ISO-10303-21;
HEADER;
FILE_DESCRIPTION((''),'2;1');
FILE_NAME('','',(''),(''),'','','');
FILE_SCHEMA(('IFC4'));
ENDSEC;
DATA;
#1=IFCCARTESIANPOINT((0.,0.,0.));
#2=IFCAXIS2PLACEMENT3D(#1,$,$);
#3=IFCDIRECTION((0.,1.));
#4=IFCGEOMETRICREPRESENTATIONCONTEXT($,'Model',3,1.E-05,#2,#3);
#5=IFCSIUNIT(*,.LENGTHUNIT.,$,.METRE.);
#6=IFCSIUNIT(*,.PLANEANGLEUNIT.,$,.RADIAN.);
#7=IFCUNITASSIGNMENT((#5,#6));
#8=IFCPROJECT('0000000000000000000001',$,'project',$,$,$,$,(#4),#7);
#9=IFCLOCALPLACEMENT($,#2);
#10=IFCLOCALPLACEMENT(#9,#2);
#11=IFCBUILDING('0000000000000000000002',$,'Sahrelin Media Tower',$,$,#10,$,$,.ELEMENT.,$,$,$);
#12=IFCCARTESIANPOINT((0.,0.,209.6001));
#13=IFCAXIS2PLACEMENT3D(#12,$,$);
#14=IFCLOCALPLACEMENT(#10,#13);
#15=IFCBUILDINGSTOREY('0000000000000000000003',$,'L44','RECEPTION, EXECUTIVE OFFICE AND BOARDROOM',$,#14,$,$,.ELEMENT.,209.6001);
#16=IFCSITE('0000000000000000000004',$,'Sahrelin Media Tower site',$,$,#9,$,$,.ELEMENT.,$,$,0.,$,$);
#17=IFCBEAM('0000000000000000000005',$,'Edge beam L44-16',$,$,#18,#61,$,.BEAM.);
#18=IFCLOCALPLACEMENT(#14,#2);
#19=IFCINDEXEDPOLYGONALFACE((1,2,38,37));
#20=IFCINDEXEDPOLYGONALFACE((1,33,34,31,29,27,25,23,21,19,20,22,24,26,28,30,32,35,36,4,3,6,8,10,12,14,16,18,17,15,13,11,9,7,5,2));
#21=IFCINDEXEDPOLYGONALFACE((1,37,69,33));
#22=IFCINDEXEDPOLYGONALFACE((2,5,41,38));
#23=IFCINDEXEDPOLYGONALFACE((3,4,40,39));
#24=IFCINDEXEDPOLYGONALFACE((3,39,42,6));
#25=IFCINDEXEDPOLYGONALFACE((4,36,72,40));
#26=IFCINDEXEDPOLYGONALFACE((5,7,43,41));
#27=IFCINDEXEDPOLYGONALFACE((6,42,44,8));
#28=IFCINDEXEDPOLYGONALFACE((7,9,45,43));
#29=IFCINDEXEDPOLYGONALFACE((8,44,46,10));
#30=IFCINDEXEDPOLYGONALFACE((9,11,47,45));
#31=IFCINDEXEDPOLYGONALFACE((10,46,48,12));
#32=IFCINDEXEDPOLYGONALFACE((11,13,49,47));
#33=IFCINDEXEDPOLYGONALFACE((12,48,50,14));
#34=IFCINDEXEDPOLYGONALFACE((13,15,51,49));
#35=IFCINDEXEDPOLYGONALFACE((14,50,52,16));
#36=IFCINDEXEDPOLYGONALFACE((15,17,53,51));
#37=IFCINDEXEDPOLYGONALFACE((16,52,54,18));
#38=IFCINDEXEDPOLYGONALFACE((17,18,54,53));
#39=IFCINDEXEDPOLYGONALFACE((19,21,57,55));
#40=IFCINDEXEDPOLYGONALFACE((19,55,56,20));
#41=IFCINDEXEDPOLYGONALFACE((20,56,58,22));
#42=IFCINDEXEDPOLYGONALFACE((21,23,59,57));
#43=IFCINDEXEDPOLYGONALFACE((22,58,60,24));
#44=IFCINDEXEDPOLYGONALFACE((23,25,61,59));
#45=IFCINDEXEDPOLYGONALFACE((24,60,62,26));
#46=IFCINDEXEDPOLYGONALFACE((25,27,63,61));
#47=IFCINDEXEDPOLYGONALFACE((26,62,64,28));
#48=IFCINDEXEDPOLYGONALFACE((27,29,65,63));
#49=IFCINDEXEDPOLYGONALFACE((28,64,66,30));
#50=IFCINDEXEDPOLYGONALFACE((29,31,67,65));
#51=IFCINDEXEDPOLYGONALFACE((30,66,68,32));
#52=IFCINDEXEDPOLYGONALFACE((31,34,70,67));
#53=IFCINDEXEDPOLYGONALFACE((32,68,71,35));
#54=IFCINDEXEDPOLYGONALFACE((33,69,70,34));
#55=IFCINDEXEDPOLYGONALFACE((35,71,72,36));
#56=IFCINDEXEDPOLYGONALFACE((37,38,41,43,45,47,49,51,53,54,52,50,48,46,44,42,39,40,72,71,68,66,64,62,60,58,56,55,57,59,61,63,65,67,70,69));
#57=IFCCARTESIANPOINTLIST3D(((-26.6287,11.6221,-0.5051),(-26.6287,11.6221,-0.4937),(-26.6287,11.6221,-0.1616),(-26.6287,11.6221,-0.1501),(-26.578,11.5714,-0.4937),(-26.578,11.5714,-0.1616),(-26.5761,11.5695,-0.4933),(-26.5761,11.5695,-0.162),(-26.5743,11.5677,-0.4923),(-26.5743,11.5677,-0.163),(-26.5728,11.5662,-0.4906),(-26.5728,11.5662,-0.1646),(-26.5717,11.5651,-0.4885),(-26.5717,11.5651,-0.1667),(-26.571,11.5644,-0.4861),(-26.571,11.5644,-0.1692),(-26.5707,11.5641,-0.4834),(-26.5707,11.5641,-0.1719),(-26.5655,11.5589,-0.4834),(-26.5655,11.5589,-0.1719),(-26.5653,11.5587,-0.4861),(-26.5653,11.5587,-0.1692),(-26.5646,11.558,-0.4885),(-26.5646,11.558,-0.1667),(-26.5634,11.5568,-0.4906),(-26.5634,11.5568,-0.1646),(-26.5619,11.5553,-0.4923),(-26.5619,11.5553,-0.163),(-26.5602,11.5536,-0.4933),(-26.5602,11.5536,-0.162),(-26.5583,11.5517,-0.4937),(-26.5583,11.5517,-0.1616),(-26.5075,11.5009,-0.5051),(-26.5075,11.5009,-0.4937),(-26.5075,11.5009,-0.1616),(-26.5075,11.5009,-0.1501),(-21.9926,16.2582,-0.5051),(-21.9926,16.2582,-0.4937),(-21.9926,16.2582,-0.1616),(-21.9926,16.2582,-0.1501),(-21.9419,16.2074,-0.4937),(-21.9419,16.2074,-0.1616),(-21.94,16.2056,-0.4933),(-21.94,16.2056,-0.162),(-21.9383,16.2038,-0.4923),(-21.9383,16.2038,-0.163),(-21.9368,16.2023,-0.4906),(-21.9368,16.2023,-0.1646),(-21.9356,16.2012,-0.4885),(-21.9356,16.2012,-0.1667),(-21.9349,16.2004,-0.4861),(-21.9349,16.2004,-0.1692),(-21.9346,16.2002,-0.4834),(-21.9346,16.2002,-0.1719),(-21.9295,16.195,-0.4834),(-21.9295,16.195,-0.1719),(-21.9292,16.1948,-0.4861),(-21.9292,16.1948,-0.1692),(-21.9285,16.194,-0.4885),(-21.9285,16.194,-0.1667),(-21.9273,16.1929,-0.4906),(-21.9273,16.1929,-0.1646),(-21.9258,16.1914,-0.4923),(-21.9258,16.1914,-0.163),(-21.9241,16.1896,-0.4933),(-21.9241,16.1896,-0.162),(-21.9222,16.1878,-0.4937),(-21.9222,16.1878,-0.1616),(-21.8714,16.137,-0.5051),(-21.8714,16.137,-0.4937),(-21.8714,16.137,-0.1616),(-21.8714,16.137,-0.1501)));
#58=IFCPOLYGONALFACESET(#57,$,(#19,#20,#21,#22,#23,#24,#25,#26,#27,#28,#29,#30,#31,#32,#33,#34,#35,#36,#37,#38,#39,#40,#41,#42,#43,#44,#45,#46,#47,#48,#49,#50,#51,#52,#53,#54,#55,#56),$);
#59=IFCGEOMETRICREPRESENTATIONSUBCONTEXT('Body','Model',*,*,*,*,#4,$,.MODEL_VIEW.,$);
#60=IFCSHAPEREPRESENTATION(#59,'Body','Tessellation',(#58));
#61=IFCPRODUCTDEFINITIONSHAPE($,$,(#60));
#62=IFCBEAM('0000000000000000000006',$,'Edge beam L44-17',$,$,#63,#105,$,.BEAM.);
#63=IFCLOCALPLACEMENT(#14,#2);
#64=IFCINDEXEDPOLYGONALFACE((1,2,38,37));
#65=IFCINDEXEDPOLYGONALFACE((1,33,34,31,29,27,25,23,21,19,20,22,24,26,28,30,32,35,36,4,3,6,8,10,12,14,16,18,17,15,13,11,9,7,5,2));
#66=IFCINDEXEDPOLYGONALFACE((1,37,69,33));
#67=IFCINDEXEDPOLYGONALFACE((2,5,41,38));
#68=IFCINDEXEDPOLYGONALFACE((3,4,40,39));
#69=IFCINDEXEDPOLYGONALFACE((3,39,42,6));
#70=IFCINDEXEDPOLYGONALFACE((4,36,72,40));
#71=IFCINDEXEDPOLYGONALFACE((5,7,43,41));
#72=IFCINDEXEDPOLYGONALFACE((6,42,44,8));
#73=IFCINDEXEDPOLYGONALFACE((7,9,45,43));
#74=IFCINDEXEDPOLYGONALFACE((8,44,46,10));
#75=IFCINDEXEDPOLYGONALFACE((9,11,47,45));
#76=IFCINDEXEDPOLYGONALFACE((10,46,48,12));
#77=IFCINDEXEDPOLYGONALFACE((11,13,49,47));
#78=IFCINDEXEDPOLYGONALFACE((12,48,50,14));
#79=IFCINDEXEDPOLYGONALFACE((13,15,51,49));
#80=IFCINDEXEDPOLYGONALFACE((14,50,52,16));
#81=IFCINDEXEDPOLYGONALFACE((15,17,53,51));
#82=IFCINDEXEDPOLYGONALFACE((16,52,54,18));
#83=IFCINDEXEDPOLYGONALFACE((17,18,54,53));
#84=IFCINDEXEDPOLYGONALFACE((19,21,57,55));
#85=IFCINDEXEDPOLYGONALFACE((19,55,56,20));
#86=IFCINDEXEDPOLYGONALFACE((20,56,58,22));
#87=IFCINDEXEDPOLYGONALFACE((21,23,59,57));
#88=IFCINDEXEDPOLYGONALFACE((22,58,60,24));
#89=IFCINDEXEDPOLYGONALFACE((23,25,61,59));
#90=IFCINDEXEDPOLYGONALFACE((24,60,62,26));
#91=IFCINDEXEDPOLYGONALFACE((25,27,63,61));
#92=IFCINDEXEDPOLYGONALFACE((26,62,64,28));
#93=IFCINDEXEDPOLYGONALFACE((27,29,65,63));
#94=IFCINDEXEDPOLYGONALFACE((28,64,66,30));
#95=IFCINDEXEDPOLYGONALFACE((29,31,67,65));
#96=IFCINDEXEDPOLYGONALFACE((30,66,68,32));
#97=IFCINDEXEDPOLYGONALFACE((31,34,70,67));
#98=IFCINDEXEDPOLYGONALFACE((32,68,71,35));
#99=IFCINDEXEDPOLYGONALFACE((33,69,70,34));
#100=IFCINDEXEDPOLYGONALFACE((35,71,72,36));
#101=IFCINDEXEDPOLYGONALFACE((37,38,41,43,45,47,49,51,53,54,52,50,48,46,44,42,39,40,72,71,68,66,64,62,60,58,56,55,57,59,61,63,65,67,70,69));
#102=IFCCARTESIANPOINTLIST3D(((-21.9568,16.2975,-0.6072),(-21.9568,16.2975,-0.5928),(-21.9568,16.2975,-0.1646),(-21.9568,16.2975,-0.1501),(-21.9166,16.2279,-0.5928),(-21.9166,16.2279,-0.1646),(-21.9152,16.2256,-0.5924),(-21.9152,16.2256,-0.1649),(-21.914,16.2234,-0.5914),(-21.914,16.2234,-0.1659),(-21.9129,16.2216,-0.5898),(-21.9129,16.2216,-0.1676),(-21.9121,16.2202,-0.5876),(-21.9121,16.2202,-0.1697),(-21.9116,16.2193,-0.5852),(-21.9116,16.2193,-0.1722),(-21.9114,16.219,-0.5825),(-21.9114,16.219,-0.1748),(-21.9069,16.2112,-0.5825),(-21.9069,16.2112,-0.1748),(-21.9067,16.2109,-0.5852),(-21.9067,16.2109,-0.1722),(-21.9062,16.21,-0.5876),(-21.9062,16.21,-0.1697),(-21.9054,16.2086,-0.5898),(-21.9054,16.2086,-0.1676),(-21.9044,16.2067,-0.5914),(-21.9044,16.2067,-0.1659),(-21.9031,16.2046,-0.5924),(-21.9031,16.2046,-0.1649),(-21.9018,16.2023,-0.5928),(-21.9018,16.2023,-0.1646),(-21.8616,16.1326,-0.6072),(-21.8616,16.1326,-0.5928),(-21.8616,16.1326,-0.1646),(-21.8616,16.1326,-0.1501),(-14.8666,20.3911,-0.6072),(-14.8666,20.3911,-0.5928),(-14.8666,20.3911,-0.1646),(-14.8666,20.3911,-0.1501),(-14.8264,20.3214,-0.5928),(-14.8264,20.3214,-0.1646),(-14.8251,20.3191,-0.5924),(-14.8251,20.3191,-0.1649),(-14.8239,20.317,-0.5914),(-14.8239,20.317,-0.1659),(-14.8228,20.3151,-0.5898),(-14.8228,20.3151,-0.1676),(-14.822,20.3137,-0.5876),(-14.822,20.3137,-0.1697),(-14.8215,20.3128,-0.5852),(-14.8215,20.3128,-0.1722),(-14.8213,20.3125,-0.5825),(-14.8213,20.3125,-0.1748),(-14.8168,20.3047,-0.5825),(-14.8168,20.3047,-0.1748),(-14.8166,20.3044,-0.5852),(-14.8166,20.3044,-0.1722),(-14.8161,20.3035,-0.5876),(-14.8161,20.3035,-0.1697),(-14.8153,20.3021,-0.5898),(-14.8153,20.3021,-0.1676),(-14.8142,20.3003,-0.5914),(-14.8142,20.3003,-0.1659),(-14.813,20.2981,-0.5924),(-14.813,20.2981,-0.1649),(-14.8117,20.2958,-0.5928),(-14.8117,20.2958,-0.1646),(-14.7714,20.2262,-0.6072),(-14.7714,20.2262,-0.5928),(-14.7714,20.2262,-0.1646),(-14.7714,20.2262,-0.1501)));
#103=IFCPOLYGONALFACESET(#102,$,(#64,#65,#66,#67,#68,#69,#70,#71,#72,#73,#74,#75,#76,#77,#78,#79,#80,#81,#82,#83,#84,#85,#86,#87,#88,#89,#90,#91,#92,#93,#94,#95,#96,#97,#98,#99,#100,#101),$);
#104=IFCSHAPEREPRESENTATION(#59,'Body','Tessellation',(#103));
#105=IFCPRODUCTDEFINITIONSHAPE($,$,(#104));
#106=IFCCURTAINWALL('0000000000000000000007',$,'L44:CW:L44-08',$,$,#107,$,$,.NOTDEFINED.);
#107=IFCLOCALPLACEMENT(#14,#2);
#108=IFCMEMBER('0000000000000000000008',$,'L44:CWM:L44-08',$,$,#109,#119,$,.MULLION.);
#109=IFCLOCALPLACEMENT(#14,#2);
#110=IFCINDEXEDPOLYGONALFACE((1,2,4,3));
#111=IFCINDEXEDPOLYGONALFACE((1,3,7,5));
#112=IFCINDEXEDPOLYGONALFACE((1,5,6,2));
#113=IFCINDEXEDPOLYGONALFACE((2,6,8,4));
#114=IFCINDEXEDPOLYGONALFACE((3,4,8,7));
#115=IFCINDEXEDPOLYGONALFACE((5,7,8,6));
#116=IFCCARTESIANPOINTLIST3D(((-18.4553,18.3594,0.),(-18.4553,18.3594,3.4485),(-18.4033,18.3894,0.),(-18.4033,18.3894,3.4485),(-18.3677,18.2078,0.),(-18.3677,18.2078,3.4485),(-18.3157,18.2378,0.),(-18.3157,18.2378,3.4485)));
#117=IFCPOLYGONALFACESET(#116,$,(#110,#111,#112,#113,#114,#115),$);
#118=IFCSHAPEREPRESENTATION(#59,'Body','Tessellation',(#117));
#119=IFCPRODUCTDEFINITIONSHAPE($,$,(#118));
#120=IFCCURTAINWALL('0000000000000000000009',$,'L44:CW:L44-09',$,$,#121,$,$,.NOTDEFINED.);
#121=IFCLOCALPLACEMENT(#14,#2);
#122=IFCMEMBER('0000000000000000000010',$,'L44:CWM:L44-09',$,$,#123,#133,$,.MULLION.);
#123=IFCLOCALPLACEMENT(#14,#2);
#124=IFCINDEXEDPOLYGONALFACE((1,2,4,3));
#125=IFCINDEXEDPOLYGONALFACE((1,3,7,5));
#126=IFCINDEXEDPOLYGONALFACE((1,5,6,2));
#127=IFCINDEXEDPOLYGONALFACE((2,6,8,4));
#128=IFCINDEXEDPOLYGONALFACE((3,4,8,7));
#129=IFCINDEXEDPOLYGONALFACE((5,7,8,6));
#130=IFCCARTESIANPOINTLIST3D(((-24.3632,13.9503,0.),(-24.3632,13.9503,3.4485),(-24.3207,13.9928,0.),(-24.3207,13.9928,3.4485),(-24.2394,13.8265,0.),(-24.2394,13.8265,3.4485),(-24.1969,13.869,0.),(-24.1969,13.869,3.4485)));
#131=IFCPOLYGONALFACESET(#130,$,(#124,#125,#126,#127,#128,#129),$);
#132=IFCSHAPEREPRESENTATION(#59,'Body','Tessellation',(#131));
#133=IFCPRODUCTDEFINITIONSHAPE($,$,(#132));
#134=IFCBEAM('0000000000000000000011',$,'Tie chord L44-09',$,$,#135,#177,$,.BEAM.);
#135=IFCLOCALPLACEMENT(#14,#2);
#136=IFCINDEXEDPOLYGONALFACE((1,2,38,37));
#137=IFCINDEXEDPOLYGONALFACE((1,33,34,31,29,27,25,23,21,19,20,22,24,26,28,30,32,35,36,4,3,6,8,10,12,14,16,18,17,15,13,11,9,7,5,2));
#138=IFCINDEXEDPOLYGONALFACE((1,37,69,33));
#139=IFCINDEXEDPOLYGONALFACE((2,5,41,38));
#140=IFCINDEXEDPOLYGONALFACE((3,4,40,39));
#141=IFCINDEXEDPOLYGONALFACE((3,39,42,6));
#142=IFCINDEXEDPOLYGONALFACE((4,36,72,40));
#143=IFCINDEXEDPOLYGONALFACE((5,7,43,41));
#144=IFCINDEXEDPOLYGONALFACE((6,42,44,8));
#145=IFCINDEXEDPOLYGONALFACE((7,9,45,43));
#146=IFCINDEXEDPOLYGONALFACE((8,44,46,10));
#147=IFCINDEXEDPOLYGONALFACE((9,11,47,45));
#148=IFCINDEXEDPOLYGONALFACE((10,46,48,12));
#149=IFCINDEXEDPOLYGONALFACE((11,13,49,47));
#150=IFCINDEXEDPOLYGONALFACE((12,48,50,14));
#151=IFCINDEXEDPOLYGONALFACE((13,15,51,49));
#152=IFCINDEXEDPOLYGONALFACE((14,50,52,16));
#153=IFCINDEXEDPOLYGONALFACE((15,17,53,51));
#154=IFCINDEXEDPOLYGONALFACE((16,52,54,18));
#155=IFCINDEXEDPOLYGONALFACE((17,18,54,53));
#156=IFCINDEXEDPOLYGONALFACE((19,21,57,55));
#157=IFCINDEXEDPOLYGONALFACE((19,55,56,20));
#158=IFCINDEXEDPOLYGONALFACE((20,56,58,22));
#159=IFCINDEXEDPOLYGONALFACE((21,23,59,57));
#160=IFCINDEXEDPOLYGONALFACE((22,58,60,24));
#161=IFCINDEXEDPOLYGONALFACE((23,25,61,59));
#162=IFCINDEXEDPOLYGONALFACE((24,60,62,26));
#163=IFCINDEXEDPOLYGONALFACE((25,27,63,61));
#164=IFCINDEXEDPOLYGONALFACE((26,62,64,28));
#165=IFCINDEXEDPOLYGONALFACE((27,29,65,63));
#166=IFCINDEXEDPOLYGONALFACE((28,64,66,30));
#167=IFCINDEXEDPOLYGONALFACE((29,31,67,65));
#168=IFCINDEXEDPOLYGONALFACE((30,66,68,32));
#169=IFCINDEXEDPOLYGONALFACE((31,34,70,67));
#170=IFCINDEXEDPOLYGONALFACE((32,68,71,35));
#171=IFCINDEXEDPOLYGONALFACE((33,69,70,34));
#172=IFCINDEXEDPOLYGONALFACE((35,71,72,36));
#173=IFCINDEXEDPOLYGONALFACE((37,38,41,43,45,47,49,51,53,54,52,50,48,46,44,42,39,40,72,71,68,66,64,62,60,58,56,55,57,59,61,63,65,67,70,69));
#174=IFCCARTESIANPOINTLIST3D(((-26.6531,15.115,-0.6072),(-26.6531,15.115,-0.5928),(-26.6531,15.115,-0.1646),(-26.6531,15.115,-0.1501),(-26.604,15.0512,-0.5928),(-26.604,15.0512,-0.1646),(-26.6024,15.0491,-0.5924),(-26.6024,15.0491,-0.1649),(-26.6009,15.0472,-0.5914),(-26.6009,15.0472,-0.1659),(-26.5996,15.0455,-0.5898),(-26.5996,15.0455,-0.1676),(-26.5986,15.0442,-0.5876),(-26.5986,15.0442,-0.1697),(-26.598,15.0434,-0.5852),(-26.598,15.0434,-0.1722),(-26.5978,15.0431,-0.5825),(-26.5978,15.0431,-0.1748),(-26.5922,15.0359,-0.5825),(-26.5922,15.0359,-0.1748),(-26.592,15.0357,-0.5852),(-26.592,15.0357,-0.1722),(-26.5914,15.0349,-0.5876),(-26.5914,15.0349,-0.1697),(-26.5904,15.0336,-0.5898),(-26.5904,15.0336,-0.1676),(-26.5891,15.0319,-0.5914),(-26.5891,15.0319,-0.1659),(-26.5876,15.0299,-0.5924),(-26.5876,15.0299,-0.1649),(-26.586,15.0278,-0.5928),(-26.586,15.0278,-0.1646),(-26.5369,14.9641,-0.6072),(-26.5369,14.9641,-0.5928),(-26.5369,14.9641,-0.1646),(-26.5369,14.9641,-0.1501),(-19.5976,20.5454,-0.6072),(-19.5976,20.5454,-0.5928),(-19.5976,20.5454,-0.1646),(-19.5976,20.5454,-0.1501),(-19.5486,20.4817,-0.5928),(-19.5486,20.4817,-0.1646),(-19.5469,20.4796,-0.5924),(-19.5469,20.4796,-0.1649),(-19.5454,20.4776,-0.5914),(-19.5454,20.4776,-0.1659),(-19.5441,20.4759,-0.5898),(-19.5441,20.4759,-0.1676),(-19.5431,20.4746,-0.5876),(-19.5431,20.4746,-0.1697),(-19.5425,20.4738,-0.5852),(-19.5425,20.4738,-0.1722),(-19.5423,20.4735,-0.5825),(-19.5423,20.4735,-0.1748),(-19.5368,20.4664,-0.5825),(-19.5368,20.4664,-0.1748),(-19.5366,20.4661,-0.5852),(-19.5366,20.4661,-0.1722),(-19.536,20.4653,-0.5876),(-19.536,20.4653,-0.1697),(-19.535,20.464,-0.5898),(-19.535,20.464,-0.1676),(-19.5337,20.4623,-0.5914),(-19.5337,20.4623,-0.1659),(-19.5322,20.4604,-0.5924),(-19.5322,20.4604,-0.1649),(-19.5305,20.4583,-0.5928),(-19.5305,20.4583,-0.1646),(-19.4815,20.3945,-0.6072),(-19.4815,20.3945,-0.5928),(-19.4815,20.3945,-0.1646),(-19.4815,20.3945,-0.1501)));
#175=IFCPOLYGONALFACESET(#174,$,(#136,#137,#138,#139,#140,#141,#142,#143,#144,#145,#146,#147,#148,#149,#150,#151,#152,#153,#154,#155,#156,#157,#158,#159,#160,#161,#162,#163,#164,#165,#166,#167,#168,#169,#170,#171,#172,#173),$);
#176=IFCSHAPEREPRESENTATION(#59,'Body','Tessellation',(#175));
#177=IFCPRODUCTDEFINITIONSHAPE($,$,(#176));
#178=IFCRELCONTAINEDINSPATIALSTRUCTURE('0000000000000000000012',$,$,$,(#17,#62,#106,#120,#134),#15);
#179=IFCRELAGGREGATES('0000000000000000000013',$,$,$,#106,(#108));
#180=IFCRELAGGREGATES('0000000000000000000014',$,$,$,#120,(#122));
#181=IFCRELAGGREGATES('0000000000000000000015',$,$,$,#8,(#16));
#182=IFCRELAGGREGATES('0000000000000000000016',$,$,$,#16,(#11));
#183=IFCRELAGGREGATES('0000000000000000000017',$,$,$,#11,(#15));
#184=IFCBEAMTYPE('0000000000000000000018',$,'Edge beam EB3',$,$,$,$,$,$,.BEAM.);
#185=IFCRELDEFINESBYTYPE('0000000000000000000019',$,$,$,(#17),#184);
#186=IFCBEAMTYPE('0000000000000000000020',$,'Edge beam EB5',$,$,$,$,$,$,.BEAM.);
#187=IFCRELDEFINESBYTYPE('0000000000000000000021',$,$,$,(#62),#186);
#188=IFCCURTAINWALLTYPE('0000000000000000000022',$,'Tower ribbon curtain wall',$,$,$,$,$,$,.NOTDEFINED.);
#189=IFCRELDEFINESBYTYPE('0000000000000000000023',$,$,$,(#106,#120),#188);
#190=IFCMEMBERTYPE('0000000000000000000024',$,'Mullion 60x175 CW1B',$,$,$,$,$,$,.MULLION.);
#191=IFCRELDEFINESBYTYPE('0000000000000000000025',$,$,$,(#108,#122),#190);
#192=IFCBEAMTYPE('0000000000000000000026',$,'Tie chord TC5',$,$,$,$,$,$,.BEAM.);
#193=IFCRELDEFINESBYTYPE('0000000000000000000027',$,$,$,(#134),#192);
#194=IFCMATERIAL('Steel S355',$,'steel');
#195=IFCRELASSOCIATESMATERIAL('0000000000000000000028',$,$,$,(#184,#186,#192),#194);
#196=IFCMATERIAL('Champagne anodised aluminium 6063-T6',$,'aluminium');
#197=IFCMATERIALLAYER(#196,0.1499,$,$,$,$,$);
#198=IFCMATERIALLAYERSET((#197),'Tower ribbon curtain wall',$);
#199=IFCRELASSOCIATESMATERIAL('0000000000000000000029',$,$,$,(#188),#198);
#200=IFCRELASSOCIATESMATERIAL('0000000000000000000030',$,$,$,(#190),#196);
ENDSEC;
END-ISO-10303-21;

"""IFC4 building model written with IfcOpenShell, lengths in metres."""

from ifc_helpers import new_model, si_unit, direction, frame, origin, origin_2d, place, context, subcontext, project, spatial, rectangle, i_section, extrude, material, layer, layer_set, material_profile, profile_set, type_object, element, aggregate, save


model = new_model("IFC4")

# Units and contexts
model_context = context("Model", 3, precision=1e-05, world=origin(), true_north=direction((0.0, 1.0)))
body_context = subcontext(model_context, "Body", "Model", "MODEL_VIEW")
ifc_project = project(units=[si_unit("LENGTHUNIT", "METRE"), si_unit("PLANEANGLEUNIT", "RADIAN")], contexts=[model_context])

# Site, building, storey
site_placement = place(None, origin())
site = spatial("IfcSite", under=ifc_project, at=site_placement, Name="Sahrelin Media Tower site", CompositionType="ELEMENT", RefElevation=0.0)
building_placement = place(site_placement, origin())
building = spatial("IfcBuilding", under=site, at=building_placement, Name="Sahrelin Media Tower", CompositionType="ELEMENT")
storey_placement = place(building_placement, frame((0.0, 0.0, 209.6001)))
storey = spatial("IfcBuildingStorey", under=building, at=storey_placement, Name="L44", Description="RECEPTION, EXECUTIVE OFFICE AND BOARDROOM", CompositionType="ELEMENT", Elevation=209.6001)

# Beams
ifc_material_1 = material(Name="Steel S355", Category="steel")
ifc_material_profile_1 = material_profile(ifc_material_1, i_section(OverallWidth=0.1714, OverallDepth=0.355, WebThickness=0.0073, FlangeThickness=0.0115, FilletRadius=0.0103, at=origin_2d()), Name="UB 356x171x51")
ifc_profile_set_1 = profile_set([ifc_material_profile_1], Name="Steel S355")
beam_type_1 = type_object("IfcBeamType", Name="Edge beam EB3", PredefinedType="BEAM", material=ifc_profile_set_1)
beam_1_placement = place(storey_placement, frame((-26.5681, 11.5615, -0.3276), z_axis=(0.707107, 0.707107, 0.0), x_axis=(-0.707107, 0.707107, 0.0)))
element("IfcBeam", 1, at=beam_1_placement, inside=storey, type_object=beam_type_1, Name="Edge beam L44-16", PredefinedType="BEAM", context=body_context, shape_type="SweptSolid", body=[
    extrude(i_section(OverallWidth=0.1714, OverallDepth=0.355, WebThickness=0.0073, FlangeThickness=0.0115, FilletRadius=0.0103, at=origin_2d()), origin(), (0.0, 0.0, 1.0), 6.5564),
])
ifc_material_profile_2 = material_profile(ifc_material_1, i_section(OverallWidth=0.1904, OverallDepth=0.457, WebThickness=0.009, FlangeThickness=0.0144, FilletRadius=0.0103, at=origin_2d()), Name="UB 457x191x74")
ifc_profile_set_2 = profile_set([ifc_material_profile_2], Name="Steel S355")
beam_type_2 = type_object("IfcBeamType", Name="Edge beam EB5", PredefinedType="BEAM", material=ifc_profile_set_2)
beam_2_placement = place(storey_placement, frame((-21.9092, 16.2151, -0.3787), z_axis=(0.866023, 0.500004, 0.0), x_axis=(-0.500004, 0.866023, 0.0)))
element("IfcBeam", 2, at=beam_2_placement, inside=storey, type_object=beam_type_2, Name="Edge beam L44-17", PredefinedType="BEAM", context=body_context, shape_type="SweptSolid", body=[
    extrude(i_section(OverallWidth=0.1904, OverallDepth=0.457, WebThickness=0.009, FlangeThickness=0.0144, FilletRadius=0.0103, at=origin_2d()), origin(), (0.0, 0.0, 1.0), 8.187),
])

# Curtain walls, members
ifc_material_2 = material(Name="Champagne anodised aluminium 6063-T6", Category="aluminium")
ifc_layer_1 = layer(ifc_material_2, 0.1499)
ifc_layer_set_1 = layer_set([ifc_layer_1], Name="Tower ribbon curtain wall")
curtain_wall_type = type_object("IfcCurtainWallType", Name="Tower ribbon curtain wall", PredefinedType="NOTDEFINED", material=ifc_layer_set_1)
curtain_wall_1_placement = place(storey_placement, frame((-18.4392, 18.3916, 0.0), z_axis=(0.0, 0.0, 1.0), x_axis=(1.0, 0.0, 0.0)))
curtain_wall_1 = element("IfcCurtainWall", 3, at=curtain_wall_1_placement, inside=storey, type_object=curtain_wall_type, Name="L44:CW:L44-08", PredefinedType="NOTDEFINED")
ifc_material_profile_3 = material_profile(ifc_material_2, rectangle(XDim=0.0601, YDim=0.175, at=origin_2d()), Name="Mullion 60x175")
ifc_profile_set_3 = profile_set([ifc_material_profile_3], Name="Champagne anodised aluminium 6063-T6")
member_type_1 = type_object("IfcMemberType", Name="Mullion 60x175 CW1B", PredefinedType="MULLION", material=ifc_profile_set_3)
member_1_placement = place(storey_placement, frame((-18.3855, 18.2986, 0.0), z_axis=(0.0, 0.0, 1.0), x_axis=(-0.866024, -0.500003, 0.0)))
member_1 = element("IfcMember", 4, at=member_1_placement, type_object=member_type_1, Name="L44:CWM:L44-08", PredefinedType="MULLION", context=body_context, shape_type="SweptSolid", body=[
    extrude(rectangle(XDim=0.0601, YDim=0.175, at=origin_2d()), origin(), (0.0, 0.0, 1.0), 3.4485),
])
curtain_wall_2_placement = place(storey_placement, frame((-24.3562, 13.9856, 0.0), z_axis=(0.0, 0.0, 1.0), x_axis=(1.0, 0.0, 0.0)))
curtain_wall_2 = element("IfcCurtainWall", 5, at=curtain_wall_2_placement, inside=storey, type_object=curtain_wall_type, Name="L44:CW:L44-09", PredefinedType="NOTDEFINED")
member_2_placement = place(storey_placement, frame((-24.28, 13.9097, 0.0), z_axis=(0.0, 0.0, 1.0), x_axis=(-0.707107, -0.707107, 0.0)))
member_2 = element("IfcMember", 6, at=member_2_placement, type_object=member_type_1, Name="L44:CWM:L44-09", PredefinedType="MULLION", context=body_context, shape_type="SweptSolid", body=[
    extrude(rectangle(XDim=0.0601, YDim=0.175, at=origin_2d()), origin(), (0.0, 0.0, 1.0), 3.4485),
])

# Beam
ifc_material_profile_4 = material_profile(ifc_material_1, i_section(OverallWidth=0.1904, OverallDepth=0.457, WebThickness=0.009, FlangeThickness=0.0144, FilletRadius=0.0103, at=origin_2d()), Name="UB 457x191x74")
ifc_profile_set_4 = profile_set([ifc_material_profile_4], Name="Steel S355")
beam_type_3 = type_object("IfcBeamType", Name="Tie chord TC5", PredefinedType="BEAM", material=ifc_profile_set_4)
beam_3_placement = place(storey_placement, frame((-19.5396, 20.47, -0.3787), z_axis=(-0.792452, -0.609935, 0.0), x_axis=(0.609935, -0.792452, 0.0)))
element("IfcBeam", 7, at=beam_3_placement, inside=storey, type_object=beam_type_3, Name="Tie chord L44-09", PredefinedType="BEAM", context=body_context, shape_type="SweptSolid", body=[
    extrude(i_section(OverallWidth=0.1904, OverallDepth=0.457, WebThickness=0.009, FlangeThickness=0.0144, FilletRadius=0.0103, at=origin_2d()), origin(), (0.0, 0.0, 1.0), 8.9033),
])

aggregate(curtain_wall_1, [member_1])
aggregate(curtain_wall_2, [member_2])

save(model, "model.ifc")
